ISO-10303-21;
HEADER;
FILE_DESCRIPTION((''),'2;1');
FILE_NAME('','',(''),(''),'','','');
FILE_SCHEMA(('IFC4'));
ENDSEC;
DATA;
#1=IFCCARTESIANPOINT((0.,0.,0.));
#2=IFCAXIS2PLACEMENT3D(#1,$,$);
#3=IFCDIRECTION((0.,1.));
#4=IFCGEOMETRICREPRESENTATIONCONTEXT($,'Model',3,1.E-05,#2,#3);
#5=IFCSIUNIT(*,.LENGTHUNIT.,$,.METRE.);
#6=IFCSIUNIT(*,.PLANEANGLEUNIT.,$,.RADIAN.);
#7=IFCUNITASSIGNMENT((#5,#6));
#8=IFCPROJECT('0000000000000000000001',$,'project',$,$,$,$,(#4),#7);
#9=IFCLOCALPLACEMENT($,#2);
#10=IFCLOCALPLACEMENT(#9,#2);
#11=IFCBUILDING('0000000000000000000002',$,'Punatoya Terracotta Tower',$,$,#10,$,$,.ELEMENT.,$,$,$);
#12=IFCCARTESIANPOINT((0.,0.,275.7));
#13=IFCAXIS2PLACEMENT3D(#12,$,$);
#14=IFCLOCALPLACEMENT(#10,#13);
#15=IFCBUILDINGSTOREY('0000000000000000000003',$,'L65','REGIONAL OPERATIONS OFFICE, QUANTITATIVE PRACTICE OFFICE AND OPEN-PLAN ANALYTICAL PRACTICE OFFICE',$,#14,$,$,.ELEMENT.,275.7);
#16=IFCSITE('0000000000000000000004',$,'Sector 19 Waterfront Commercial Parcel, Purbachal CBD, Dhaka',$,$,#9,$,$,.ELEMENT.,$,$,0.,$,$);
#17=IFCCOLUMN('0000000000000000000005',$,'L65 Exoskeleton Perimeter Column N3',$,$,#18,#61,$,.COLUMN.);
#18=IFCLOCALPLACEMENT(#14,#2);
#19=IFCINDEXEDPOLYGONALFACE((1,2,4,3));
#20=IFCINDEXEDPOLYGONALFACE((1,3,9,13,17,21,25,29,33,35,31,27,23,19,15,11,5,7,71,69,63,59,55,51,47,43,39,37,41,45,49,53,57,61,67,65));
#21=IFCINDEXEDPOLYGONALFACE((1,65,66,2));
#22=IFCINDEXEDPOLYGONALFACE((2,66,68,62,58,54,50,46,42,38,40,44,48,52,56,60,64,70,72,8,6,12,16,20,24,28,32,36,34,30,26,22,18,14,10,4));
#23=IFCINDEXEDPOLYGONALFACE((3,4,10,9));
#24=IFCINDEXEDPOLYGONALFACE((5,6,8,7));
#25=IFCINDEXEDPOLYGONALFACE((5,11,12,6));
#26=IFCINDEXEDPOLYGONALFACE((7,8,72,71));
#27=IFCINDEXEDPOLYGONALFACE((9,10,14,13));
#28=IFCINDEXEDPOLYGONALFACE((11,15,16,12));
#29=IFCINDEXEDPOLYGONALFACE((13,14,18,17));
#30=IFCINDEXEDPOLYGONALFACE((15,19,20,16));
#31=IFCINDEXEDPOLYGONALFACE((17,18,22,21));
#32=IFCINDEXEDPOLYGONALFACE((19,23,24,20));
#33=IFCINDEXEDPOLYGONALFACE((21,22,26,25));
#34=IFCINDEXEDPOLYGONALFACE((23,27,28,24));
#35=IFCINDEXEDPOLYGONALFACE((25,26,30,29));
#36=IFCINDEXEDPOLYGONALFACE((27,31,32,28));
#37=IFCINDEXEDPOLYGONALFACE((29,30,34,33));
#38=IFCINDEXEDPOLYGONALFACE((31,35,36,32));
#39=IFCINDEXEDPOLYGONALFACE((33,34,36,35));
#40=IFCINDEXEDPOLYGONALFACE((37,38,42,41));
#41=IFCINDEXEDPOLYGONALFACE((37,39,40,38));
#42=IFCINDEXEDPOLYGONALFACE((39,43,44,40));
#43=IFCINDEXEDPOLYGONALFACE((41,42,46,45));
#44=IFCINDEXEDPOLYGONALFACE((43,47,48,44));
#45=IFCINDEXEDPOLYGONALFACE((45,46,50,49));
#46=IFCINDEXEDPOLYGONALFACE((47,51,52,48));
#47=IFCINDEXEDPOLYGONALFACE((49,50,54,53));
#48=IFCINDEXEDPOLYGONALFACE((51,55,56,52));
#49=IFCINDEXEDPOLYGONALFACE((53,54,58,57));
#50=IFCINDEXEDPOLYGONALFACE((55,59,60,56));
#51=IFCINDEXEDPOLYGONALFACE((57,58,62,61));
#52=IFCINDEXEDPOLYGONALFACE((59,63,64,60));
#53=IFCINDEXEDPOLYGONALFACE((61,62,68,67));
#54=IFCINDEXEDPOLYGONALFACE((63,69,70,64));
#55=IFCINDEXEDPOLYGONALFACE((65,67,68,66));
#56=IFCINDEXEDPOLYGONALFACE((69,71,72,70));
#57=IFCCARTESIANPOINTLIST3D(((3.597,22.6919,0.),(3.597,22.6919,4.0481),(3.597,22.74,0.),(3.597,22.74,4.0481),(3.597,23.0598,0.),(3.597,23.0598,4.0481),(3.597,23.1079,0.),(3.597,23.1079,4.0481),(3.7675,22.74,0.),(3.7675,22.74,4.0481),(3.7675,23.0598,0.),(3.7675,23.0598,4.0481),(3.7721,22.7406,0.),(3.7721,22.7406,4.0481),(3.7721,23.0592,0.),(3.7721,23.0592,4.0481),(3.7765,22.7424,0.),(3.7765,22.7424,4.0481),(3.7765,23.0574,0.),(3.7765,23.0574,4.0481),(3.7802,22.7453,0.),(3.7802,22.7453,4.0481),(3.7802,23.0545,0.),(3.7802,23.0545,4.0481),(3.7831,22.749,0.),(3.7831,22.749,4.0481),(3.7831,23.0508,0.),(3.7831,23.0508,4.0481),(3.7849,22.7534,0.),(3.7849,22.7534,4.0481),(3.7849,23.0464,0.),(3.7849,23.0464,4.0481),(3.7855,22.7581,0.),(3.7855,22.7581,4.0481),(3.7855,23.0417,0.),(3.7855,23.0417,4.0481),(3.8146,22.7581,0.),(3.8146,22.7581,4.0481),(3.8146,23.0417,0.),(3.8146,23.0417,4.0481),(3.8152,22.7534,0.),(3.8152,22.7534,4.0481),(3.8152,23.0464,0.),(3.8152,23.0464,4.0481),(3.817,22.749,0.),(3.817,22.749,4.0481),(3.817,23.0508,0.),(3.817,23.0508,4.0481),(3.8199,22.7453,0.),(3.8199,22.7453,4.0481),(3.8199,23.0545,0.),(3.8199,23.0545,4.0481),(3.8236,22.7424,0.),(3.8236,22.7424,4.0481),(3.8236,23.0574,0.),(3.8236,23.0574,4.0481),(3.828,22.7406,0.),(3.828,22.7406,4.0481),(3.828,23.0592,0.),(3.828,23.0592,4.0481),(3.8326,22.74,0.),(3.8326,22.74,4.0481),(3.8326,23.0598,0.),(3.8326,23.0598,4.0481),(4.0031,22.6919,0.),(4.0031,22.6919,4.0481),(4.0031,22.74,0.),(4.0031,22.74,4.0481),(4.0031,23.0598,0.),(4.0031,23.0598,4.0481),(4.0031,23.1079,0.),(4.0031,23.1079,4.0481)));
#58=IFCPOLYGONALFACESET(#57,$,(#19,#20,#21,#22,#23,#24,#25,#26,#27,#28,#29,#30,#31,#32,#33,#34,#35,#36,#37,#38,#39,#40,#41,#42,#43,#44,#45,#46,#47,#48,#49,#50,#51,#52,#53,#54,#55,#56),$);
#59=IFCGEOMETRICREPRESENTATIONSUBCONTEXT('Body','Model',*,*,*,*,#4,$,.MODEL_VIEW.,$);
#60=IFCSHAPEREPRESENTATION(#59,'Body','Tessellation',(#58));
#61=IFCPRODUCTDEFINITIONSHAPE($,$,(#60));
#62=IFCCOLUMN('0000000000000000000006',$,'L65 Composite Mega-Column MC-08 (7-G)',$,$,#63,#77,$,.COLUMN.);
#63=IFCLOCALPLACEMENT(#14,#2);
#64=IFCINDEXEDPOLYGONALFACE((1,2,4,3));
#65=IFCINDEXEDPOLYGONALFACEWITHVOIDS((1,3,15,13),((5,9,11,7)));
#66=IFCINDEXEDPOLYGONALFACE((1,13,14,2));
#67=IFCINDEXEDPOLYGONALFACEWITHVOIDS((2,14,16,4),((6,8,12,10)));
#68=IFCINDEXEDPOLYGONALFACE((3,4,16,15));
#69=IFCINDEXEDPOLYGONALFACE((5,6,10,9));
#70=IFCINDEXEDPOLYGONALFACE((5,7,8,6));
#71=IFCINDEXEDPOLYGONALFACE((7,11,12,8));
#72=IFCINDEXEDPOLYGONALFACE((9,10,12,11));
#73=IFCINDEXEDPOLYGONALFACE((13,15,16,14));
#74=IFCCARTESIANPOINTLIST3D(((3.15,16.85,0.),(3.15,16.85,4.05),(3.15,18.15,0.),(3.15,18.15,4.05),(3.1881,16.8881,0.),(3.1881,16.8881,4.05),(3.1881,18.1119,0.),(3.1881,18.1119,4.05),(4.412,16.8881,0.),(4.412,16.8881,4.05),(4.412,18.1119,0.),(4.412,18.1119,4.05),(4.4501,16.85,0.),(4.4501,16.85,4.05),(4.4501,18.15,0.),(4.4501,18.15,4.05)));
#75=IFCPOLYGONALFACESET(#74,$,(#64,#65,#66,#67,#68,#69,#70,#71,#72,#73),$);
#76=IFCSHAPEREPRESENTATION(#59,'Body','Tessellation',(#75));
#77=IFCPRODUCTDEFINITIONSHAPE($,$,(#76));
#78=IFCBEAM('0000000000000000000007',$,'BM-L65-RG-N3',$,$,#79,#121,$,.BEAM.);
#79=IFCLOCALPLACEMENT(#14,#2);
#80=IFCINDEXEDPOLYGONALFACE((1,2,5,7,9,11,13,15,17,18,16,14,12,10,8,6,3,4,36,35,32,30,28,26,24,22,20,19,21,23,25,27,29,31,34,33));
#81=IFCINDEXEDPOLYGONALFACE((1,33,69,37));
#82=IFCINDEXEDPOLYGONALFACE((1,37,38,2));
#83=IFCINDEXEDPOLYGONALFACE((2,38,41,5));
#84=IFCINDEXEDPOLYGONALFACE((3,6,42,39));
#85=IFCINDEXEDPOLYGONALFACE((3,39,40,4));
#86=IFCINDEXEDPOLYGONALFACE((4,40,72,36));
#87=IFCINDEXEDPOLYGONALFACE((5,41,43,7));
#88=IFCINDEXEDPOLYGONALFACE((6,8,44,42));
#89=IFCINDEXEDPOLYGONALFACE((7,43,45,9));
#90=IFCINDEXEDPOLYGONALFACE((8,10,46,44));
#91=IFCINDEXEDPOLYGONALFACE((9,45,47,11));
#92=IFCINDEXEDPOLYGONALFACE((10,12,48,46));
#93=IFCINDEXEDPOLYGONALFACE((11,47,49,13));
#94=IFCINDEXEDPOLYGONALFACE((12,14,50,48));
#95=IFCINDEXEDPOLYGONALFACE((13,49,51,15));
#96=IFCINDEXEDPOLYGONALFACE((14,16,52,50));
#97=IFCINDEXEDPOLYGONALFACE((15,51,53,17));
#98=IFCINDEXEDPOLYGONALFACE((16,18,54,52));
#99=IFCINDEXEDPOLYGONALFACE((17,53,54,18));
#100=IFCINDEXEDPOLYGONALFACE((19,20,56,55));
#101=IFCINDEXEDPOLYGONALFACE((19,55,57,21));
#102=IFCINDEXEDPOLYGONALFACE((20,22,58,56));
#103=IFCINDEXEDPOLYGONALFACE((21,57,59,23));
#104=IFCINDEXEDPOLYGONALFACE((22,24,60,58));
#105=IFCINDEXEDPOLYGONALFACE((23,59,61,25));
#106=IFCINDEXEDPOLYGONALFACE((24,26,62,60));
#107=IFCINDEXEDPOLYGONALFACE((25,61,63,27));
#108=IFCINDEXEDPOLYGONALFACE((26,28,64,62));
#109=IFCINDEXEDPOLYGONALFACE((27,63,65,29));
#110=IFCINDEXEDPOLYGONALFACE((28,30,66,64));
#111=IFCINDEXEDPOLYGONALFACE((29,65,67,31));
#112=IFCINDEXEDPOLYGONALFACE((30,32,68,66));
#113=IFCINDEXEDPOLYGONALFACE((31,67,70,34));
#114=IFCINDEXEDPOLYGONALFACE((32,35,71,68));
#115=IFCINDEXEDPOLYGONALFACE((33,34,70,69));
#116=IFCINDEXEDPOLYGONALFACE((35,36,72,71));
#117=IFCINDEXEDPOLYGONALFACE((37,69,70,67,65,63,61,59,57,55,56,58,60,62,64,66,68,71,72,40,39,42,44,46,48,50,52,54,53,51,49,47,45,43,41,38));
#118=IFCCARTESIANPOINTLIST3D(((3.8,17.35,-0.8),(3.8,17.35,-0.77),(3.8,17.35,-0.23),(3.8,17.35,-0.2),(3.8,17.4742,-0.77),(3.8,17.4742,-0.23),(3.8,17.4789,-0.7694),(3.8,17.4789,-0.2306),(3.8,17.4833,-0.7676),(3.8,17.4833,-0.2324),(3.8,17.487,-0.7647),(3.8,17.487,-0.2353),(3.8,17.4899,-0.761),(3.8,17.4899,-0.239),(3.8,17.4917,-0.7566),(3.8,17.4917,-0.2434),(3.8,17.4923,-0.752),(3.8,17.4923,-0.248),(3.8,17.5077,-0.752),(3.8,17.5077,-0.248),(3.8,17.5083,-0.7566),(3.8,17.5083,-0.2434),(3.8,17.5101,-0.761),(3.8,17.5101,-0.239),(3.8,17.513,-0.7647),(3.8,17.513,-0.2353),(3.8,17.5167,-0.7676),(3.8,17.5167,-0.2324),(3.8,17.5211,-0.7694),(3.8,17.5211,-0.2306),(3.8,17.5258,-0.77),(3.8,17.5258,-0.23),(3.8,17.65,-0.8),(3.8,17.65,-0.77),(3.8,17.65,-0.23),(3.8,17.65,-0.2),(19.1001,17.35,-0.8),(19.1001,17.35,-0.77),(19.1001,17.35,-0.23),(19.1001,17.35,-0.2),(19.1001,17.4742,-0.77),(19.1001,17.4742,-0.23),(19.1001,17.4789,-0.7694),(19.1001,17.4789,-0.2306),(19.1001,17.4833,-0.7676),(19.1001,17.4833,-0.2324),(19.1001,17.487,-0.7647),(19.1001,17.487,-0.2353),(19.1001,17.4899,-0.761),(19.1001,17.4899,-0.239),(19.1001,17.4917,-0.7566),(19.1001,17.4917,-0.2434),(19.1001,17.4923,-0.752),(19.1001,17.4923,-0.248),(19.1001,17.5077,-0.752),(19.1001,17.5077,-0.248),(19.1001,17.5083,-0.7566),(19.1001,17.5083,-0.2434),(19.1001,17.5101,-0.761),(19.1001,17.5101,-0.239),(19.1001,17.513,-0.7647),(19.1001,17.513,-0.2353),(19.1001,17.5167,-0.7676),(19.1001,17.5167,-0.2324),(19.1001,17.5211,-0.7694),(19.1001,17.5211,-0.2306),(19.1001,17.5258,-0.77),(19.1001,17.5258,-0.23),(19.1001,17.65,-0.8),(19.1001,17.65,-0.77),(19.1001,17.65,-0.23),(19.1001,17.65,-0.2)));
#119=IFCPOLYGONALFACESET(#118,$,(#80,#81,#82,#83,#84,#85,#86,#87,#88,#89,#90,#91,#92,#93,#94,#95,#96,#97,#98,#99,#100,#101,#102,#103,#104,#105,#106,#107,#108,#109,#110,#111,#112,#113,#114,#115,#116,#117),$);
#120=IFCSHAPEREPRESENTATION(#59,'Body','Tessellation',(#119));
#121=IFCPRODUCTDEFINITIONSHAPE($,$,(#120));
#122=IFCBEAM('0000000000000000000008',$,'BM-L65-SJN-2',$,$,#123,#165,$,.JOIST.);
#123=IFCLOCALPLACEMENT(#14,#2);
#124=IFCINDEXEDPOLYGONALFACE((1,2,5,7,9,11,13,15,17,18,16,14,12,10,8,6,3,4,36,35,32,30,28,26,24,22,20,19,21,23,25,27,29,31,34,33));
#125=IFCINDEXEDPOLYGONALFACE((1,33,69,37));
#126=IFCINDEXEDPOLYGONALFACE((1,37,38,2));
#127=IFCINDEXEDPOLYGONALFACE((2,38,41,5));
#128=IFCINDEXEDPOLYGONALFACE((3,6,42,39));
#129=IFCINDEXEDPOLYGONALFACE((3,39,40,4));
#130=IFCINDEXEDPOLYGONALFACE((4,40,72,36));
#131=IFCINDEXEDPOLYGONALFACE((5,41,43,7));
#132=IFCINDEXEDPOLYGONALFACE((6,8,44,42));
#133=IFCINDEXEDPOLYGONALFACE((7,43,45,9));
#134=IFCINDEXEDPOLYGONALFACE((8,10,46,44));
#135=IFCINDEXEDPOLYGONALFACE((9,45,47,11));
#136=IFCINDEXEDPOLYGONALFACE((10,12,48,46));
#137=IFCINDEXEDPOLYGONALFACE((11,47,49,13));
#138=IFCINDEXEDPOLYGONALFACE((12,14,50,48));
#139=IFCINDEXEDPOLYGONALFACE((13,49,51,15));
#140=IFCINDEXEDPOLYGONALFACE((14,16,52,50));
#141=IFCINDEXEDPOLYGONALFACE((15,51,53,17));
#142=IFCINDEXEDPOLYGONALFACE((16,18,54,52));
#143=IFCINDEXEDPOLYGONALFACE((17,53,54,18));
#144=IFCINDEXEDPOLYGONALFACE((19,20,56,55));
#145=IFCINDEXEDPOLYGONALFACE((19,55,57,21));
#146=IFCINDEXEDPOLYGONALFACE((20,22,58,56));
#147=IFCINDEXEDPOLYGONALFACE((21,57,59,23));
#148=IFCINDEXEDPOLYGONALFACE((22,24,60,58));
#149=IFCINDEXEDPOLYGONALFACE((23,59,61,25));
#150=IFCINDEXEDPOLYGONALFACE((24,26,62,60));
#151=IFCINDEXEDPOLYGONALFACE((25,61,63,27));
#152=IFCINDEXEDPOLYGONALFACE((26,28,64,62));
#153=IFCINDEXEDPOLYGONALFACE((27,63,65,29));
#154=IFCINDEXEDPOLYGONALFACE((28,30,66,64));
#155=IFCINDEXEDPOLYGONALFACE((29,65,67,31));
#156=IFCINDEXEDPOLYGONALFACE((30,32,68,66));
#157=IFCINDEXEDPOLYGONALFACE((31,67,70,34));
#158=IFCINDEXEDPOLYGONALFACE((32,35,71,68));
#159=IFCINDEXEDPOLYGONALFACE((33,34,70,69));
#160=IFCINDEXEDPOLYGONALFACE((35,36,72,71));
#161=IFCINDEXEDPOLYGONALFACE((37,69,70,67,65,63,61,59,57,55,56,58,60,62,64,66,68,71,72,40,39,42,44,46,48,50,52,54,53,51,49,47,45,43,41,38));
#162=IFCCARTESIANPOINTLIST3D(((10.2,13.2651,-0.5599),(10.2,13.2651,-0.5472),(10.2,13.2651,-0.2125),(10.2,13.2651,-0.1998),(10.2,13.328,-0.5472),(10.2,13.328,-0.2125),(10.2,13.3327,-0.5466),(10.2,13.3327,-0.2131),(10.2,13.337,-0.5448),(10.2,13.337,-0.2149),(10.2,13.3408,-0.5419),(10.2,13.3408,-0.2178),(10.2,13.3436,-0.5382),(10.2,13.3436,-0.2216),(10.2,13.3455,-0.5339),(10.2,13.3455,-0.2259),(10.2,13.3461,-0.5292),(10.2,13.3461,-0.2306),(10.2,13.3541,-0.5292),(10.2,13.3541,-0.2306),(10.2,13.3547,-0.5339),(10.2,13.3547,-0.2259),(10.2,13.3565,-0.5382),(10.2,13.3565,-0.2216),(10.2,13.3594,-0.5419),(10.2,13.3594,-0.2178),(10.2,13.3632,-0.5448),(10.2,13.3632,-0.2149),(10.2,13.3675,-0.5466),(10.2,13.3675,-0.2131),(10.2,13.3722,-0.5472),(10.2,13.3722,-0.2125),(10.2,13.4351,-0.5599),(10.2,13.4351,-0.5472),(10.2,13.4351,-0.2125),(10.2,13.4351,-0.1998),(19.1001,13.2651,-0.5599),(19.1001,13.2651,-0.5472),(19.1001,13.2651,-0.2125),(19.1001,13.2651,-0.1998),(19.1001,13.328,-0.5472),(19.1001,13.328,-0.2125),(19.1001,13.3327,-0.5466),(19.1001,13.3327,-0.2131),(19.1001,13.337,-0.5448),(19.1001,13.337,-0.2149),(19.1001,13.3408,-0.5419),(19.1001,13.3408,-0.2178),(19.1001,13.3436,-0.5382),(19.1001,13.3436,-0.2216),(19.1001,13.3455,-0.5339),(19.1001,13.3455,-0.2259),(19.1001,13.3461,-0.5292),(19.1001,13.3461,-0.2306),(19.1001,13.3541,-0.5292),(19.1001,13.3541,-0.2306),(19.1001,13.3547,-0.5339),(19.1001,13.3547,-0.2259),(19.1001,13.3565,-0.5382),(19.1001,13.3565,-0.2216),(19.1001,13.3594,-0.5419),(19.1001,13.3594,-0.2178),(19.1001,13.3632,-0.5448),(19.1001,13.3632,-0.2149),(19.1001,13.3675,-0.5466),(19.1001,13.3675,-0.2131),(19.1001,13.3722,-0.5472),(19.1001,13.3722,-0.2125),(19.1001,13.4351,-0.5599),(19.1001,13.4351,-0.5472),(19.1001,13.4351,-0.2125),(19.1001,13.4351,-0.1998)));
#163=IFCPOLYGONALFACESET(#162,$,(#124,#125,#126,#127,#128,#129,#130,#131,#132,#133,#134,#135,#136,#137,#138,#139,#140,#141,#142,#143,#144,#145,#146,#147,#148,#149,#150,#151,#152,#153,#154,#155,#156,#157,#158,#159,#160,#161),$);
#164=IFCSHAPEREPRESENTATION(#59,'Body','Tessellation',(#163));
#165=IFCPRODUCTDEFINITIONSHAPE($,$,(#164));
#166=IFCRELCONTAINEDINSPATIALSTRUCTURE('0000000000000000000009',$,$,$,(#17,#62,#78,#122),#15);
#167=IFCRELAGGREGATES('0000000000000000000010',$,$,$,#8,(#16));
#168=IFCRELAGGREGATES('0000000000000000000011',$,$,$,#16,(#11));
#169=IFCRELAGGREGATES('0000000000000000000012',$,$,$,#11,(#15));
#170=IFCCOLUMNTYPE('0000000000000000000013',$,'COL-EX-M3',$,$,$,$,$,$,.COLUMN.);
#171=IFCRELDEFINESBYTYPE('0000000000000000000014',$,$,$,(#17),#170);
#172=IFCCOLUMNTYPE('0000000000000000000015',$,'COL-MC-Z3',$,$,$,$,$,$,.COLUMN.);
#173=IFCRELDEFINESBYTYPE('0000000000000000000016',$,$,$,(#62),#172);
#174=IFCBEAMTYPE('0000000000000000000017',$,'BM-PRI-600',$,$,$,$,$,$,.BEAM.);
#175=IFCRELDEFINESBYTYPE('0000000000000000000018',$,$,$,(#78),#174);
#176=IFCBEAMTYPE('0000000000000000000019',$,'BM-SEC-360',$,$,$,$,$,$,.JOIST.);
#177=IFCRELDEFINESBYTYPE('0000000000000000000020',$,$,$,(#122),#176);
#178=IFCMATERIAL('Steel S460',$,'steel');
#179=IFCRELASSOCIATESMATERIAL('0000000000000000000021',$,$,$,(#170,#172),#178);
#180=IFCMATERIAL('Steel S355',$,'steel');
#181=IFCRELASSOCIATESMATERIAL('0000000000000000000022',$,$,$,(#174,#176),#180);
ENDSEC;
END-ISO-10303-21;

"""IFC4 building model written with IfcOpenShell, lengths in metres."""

from ifc_helpers import new_model, si_unit, direction, frame, origin, origin_2d, place, context, subcontext, project, spatial, hollow_rectangle, i_section, extrude, material, material_profile, profile_set, type_object, element, save


model = new_model("IFC4")

# Units and contexts
model_context = context("Model", 3, precision=1e-05, world=origin(), true_north=direction((0.0, 1.0)))
body_context = subcontext(model_context, "Body", "Model", "MODEL_VIEW")
ifc_project = project(units=[si_unit("LENGTHUNIT", "METRE"), si_unit("PLANEANGLEUNIT", "RADIAN")], contexts=[model_context])

# Site, building, storey
site_placement = place(None, origin())
site = spatial("IfcSite", under=ifc_project, at=site_placement, Name="Sector 19 Waterfront Commercial Parcel, Purbachal CBD, Dhaka", CompositionType="ELEMENT", RefElevation=0.0)
building_placement = place(site_placement, origin())
building = spatial("IfcBuilding", under=site, at=building_placement, Name="Punatoya Terracotta Tower", CompositionType="ELEMENT")
storey_placement = place(building_placement, frame((0.0, 0.0, 275.7)))
storey = spatial("IfcBuildingStorey", under=building, at=storey_placement, Name="L65", Description="REGIONAL OPERATIONS OFFICE, QUANTITATIVE PRACTICE OFFICE AND OPEN-PLAN ANALYTICAL PRACTICE OFFICE", CompositionType="ELEMENT", Elevation=275.7)

# Columns
ifc_material_1 = material(Name="Steel S460", Category="steel")
ifc_material_profile_1 = material_profile(ifc_material_1, i_section(OverallWidth=0.406, OverallDepth=0.416, WebThickness=0.0291, FlangeThickness=0.0481, FilletRadius=0.0181, at=origin_2d()))
ifc_profile_set_1 = profile_set([ifc_material_profile_1], Name="Steel S460")
column_type_1 = type_object("IfcColumnType", Name="COL-EX-M3", PredefinedType="COLUMN", material=ifc_profile_set_1)
column_1_placement = place(storey_placement, frame((3.8, 22.8999, 0.0), z_axis=(0.0, 0.0, 1.0), x_axis=(1.0, 0.0, 0.0)))
element("IfcColumn", 1, at=column_1_placement, inside=storey, type_object=column_type_1, Name="L65 Exoskeleton Perimeter Column N3", PredefinedType="COLUMN", context=body_context, shape_type="SweptSolid", body=[
    extrude(i_section(OverallWidth=0.406, OverallDepth=0.416, WebThickness=0.0291, FlangeThickness=0.0481, FilletRadius=0.0181, at=origin_2d()), origin(), (0.0, 0.0, 1.0), 4.0481),
])
ifc_material_profile_2 = material_profile(ifc_material_1, hollow_rectangle(XDim=1.3, YDim=1.3, WallThickness=0.0381, at=origin_2d()))
ifc_profile_set_2 = profile_set([ifc_material_profile_2], Name="Steel S460")
column_type_2 = type_object("IfcColumnType", Name="COL-MC-Z3", PredefinedType="COLUMN", material=ifc_profile_set_2)
column_2_placement = place(storey_placement, frame((3.8, 17.5, 0.0), z_axis=(0.0, 0.0, 1.0), x_axis=(1.0, 0.0, 0.0)))
element("IfcColumn", 2, at=column_2_placement, inside=storey, type_object=column_type_2, Name="L65 Composite Mega-Column MC-08 (7-G)", PredefinedType="COLUMN", context=body_context, shape_type="SweptSolid", body=[
    extrude(hollow_rectangle(XDim=1.3, YDim=1.3, WallThickness=0.0381, at=origin_2d()), origin(), (0.0, 0.0, 1.0), 4.05),
])

# Beams
ifc_material_2 = material(Name="Steel S355", Category="steel")
ifc_material_profile_3 = material_profile(ifc_material_2, i_section(OverallWidth=0.3, OverallDepth=0.6001, WebThickness=0.0154, FlangeThickness=0.03, FilletRadius=0.0181, at=origin_2d()))
ifc_profile_set_3 = profile_set([ifc_material_profile_3], Name="Steel S355")
beam_type_1 = type_object("IfcBeamType", Name="BM-PRI-600", PredefinedType="BEAM", material=ifc_profile_set_3)
beam_1_placement = place(storey_placement, frame((3.8, 17.5, -0.5), z_axis=(1.0, 0.0, 0.0), x_axis=(0.0, 1.0, 0.0)))
element("IfcBeam", 3, at=beam_1_placement, inside=storey, type_object=beam_type_1, Name="BM-L65-RG-N3", PredefinedType="BEAM", context=body_context, shape_type="SweptSolid", body=[
    extrude(i_section(OverallWidth=0.3, OverallDepth=0.6001, WebThickness=0.0154, FlangeThickness=0.03, FilletRadius=0.0181, at=origin_2d()), origin(), (0.0, 0.0, 1.0), 15.3),
])
ifc_material_profile_4 = material_profile(ifc_material_2, i_section(OverallWidth=0.1699, OverallDepth=0.3601, WebThickness=0.0081, FlangeThickness=0.0127, FilletRadius=0.0181, at=origin_2d()))
ifc_profile_set_4 = profile_set([ifc_material_profile_4], Name="Steel S355")
beam_type_2 = type_object("IfcBeamType", Name="BM-SEC-360", PredefinedType="JOIST", material=ifc_profile_set_4)
beam_2_placement = place(storey_placement, frame((10.2, 13.3501, -0.3799), z_axis=(1.0, 0.0, 0.0), x_axis=(0.0, 1.0, 0.0)))
element("IfcBeam", 4, at=beam_2_placement, inside=storey, type_object=beam_type_2, Name="BM-L65-SJN-2", PredefinedType="JOIST", context=body_context, shape_type="SweptSolid", body=[
    extrude(i_section(OverallWidth=0.1699, OverallDepth=0.3601, WebThickness=0.0081, FlangeThickness=0.0127, FilletRadius=0.0181, at=origin_2d()), origin(), (0.0, 0.0, 1.0), 8.9001),
])

save(model, "model.ifc")
